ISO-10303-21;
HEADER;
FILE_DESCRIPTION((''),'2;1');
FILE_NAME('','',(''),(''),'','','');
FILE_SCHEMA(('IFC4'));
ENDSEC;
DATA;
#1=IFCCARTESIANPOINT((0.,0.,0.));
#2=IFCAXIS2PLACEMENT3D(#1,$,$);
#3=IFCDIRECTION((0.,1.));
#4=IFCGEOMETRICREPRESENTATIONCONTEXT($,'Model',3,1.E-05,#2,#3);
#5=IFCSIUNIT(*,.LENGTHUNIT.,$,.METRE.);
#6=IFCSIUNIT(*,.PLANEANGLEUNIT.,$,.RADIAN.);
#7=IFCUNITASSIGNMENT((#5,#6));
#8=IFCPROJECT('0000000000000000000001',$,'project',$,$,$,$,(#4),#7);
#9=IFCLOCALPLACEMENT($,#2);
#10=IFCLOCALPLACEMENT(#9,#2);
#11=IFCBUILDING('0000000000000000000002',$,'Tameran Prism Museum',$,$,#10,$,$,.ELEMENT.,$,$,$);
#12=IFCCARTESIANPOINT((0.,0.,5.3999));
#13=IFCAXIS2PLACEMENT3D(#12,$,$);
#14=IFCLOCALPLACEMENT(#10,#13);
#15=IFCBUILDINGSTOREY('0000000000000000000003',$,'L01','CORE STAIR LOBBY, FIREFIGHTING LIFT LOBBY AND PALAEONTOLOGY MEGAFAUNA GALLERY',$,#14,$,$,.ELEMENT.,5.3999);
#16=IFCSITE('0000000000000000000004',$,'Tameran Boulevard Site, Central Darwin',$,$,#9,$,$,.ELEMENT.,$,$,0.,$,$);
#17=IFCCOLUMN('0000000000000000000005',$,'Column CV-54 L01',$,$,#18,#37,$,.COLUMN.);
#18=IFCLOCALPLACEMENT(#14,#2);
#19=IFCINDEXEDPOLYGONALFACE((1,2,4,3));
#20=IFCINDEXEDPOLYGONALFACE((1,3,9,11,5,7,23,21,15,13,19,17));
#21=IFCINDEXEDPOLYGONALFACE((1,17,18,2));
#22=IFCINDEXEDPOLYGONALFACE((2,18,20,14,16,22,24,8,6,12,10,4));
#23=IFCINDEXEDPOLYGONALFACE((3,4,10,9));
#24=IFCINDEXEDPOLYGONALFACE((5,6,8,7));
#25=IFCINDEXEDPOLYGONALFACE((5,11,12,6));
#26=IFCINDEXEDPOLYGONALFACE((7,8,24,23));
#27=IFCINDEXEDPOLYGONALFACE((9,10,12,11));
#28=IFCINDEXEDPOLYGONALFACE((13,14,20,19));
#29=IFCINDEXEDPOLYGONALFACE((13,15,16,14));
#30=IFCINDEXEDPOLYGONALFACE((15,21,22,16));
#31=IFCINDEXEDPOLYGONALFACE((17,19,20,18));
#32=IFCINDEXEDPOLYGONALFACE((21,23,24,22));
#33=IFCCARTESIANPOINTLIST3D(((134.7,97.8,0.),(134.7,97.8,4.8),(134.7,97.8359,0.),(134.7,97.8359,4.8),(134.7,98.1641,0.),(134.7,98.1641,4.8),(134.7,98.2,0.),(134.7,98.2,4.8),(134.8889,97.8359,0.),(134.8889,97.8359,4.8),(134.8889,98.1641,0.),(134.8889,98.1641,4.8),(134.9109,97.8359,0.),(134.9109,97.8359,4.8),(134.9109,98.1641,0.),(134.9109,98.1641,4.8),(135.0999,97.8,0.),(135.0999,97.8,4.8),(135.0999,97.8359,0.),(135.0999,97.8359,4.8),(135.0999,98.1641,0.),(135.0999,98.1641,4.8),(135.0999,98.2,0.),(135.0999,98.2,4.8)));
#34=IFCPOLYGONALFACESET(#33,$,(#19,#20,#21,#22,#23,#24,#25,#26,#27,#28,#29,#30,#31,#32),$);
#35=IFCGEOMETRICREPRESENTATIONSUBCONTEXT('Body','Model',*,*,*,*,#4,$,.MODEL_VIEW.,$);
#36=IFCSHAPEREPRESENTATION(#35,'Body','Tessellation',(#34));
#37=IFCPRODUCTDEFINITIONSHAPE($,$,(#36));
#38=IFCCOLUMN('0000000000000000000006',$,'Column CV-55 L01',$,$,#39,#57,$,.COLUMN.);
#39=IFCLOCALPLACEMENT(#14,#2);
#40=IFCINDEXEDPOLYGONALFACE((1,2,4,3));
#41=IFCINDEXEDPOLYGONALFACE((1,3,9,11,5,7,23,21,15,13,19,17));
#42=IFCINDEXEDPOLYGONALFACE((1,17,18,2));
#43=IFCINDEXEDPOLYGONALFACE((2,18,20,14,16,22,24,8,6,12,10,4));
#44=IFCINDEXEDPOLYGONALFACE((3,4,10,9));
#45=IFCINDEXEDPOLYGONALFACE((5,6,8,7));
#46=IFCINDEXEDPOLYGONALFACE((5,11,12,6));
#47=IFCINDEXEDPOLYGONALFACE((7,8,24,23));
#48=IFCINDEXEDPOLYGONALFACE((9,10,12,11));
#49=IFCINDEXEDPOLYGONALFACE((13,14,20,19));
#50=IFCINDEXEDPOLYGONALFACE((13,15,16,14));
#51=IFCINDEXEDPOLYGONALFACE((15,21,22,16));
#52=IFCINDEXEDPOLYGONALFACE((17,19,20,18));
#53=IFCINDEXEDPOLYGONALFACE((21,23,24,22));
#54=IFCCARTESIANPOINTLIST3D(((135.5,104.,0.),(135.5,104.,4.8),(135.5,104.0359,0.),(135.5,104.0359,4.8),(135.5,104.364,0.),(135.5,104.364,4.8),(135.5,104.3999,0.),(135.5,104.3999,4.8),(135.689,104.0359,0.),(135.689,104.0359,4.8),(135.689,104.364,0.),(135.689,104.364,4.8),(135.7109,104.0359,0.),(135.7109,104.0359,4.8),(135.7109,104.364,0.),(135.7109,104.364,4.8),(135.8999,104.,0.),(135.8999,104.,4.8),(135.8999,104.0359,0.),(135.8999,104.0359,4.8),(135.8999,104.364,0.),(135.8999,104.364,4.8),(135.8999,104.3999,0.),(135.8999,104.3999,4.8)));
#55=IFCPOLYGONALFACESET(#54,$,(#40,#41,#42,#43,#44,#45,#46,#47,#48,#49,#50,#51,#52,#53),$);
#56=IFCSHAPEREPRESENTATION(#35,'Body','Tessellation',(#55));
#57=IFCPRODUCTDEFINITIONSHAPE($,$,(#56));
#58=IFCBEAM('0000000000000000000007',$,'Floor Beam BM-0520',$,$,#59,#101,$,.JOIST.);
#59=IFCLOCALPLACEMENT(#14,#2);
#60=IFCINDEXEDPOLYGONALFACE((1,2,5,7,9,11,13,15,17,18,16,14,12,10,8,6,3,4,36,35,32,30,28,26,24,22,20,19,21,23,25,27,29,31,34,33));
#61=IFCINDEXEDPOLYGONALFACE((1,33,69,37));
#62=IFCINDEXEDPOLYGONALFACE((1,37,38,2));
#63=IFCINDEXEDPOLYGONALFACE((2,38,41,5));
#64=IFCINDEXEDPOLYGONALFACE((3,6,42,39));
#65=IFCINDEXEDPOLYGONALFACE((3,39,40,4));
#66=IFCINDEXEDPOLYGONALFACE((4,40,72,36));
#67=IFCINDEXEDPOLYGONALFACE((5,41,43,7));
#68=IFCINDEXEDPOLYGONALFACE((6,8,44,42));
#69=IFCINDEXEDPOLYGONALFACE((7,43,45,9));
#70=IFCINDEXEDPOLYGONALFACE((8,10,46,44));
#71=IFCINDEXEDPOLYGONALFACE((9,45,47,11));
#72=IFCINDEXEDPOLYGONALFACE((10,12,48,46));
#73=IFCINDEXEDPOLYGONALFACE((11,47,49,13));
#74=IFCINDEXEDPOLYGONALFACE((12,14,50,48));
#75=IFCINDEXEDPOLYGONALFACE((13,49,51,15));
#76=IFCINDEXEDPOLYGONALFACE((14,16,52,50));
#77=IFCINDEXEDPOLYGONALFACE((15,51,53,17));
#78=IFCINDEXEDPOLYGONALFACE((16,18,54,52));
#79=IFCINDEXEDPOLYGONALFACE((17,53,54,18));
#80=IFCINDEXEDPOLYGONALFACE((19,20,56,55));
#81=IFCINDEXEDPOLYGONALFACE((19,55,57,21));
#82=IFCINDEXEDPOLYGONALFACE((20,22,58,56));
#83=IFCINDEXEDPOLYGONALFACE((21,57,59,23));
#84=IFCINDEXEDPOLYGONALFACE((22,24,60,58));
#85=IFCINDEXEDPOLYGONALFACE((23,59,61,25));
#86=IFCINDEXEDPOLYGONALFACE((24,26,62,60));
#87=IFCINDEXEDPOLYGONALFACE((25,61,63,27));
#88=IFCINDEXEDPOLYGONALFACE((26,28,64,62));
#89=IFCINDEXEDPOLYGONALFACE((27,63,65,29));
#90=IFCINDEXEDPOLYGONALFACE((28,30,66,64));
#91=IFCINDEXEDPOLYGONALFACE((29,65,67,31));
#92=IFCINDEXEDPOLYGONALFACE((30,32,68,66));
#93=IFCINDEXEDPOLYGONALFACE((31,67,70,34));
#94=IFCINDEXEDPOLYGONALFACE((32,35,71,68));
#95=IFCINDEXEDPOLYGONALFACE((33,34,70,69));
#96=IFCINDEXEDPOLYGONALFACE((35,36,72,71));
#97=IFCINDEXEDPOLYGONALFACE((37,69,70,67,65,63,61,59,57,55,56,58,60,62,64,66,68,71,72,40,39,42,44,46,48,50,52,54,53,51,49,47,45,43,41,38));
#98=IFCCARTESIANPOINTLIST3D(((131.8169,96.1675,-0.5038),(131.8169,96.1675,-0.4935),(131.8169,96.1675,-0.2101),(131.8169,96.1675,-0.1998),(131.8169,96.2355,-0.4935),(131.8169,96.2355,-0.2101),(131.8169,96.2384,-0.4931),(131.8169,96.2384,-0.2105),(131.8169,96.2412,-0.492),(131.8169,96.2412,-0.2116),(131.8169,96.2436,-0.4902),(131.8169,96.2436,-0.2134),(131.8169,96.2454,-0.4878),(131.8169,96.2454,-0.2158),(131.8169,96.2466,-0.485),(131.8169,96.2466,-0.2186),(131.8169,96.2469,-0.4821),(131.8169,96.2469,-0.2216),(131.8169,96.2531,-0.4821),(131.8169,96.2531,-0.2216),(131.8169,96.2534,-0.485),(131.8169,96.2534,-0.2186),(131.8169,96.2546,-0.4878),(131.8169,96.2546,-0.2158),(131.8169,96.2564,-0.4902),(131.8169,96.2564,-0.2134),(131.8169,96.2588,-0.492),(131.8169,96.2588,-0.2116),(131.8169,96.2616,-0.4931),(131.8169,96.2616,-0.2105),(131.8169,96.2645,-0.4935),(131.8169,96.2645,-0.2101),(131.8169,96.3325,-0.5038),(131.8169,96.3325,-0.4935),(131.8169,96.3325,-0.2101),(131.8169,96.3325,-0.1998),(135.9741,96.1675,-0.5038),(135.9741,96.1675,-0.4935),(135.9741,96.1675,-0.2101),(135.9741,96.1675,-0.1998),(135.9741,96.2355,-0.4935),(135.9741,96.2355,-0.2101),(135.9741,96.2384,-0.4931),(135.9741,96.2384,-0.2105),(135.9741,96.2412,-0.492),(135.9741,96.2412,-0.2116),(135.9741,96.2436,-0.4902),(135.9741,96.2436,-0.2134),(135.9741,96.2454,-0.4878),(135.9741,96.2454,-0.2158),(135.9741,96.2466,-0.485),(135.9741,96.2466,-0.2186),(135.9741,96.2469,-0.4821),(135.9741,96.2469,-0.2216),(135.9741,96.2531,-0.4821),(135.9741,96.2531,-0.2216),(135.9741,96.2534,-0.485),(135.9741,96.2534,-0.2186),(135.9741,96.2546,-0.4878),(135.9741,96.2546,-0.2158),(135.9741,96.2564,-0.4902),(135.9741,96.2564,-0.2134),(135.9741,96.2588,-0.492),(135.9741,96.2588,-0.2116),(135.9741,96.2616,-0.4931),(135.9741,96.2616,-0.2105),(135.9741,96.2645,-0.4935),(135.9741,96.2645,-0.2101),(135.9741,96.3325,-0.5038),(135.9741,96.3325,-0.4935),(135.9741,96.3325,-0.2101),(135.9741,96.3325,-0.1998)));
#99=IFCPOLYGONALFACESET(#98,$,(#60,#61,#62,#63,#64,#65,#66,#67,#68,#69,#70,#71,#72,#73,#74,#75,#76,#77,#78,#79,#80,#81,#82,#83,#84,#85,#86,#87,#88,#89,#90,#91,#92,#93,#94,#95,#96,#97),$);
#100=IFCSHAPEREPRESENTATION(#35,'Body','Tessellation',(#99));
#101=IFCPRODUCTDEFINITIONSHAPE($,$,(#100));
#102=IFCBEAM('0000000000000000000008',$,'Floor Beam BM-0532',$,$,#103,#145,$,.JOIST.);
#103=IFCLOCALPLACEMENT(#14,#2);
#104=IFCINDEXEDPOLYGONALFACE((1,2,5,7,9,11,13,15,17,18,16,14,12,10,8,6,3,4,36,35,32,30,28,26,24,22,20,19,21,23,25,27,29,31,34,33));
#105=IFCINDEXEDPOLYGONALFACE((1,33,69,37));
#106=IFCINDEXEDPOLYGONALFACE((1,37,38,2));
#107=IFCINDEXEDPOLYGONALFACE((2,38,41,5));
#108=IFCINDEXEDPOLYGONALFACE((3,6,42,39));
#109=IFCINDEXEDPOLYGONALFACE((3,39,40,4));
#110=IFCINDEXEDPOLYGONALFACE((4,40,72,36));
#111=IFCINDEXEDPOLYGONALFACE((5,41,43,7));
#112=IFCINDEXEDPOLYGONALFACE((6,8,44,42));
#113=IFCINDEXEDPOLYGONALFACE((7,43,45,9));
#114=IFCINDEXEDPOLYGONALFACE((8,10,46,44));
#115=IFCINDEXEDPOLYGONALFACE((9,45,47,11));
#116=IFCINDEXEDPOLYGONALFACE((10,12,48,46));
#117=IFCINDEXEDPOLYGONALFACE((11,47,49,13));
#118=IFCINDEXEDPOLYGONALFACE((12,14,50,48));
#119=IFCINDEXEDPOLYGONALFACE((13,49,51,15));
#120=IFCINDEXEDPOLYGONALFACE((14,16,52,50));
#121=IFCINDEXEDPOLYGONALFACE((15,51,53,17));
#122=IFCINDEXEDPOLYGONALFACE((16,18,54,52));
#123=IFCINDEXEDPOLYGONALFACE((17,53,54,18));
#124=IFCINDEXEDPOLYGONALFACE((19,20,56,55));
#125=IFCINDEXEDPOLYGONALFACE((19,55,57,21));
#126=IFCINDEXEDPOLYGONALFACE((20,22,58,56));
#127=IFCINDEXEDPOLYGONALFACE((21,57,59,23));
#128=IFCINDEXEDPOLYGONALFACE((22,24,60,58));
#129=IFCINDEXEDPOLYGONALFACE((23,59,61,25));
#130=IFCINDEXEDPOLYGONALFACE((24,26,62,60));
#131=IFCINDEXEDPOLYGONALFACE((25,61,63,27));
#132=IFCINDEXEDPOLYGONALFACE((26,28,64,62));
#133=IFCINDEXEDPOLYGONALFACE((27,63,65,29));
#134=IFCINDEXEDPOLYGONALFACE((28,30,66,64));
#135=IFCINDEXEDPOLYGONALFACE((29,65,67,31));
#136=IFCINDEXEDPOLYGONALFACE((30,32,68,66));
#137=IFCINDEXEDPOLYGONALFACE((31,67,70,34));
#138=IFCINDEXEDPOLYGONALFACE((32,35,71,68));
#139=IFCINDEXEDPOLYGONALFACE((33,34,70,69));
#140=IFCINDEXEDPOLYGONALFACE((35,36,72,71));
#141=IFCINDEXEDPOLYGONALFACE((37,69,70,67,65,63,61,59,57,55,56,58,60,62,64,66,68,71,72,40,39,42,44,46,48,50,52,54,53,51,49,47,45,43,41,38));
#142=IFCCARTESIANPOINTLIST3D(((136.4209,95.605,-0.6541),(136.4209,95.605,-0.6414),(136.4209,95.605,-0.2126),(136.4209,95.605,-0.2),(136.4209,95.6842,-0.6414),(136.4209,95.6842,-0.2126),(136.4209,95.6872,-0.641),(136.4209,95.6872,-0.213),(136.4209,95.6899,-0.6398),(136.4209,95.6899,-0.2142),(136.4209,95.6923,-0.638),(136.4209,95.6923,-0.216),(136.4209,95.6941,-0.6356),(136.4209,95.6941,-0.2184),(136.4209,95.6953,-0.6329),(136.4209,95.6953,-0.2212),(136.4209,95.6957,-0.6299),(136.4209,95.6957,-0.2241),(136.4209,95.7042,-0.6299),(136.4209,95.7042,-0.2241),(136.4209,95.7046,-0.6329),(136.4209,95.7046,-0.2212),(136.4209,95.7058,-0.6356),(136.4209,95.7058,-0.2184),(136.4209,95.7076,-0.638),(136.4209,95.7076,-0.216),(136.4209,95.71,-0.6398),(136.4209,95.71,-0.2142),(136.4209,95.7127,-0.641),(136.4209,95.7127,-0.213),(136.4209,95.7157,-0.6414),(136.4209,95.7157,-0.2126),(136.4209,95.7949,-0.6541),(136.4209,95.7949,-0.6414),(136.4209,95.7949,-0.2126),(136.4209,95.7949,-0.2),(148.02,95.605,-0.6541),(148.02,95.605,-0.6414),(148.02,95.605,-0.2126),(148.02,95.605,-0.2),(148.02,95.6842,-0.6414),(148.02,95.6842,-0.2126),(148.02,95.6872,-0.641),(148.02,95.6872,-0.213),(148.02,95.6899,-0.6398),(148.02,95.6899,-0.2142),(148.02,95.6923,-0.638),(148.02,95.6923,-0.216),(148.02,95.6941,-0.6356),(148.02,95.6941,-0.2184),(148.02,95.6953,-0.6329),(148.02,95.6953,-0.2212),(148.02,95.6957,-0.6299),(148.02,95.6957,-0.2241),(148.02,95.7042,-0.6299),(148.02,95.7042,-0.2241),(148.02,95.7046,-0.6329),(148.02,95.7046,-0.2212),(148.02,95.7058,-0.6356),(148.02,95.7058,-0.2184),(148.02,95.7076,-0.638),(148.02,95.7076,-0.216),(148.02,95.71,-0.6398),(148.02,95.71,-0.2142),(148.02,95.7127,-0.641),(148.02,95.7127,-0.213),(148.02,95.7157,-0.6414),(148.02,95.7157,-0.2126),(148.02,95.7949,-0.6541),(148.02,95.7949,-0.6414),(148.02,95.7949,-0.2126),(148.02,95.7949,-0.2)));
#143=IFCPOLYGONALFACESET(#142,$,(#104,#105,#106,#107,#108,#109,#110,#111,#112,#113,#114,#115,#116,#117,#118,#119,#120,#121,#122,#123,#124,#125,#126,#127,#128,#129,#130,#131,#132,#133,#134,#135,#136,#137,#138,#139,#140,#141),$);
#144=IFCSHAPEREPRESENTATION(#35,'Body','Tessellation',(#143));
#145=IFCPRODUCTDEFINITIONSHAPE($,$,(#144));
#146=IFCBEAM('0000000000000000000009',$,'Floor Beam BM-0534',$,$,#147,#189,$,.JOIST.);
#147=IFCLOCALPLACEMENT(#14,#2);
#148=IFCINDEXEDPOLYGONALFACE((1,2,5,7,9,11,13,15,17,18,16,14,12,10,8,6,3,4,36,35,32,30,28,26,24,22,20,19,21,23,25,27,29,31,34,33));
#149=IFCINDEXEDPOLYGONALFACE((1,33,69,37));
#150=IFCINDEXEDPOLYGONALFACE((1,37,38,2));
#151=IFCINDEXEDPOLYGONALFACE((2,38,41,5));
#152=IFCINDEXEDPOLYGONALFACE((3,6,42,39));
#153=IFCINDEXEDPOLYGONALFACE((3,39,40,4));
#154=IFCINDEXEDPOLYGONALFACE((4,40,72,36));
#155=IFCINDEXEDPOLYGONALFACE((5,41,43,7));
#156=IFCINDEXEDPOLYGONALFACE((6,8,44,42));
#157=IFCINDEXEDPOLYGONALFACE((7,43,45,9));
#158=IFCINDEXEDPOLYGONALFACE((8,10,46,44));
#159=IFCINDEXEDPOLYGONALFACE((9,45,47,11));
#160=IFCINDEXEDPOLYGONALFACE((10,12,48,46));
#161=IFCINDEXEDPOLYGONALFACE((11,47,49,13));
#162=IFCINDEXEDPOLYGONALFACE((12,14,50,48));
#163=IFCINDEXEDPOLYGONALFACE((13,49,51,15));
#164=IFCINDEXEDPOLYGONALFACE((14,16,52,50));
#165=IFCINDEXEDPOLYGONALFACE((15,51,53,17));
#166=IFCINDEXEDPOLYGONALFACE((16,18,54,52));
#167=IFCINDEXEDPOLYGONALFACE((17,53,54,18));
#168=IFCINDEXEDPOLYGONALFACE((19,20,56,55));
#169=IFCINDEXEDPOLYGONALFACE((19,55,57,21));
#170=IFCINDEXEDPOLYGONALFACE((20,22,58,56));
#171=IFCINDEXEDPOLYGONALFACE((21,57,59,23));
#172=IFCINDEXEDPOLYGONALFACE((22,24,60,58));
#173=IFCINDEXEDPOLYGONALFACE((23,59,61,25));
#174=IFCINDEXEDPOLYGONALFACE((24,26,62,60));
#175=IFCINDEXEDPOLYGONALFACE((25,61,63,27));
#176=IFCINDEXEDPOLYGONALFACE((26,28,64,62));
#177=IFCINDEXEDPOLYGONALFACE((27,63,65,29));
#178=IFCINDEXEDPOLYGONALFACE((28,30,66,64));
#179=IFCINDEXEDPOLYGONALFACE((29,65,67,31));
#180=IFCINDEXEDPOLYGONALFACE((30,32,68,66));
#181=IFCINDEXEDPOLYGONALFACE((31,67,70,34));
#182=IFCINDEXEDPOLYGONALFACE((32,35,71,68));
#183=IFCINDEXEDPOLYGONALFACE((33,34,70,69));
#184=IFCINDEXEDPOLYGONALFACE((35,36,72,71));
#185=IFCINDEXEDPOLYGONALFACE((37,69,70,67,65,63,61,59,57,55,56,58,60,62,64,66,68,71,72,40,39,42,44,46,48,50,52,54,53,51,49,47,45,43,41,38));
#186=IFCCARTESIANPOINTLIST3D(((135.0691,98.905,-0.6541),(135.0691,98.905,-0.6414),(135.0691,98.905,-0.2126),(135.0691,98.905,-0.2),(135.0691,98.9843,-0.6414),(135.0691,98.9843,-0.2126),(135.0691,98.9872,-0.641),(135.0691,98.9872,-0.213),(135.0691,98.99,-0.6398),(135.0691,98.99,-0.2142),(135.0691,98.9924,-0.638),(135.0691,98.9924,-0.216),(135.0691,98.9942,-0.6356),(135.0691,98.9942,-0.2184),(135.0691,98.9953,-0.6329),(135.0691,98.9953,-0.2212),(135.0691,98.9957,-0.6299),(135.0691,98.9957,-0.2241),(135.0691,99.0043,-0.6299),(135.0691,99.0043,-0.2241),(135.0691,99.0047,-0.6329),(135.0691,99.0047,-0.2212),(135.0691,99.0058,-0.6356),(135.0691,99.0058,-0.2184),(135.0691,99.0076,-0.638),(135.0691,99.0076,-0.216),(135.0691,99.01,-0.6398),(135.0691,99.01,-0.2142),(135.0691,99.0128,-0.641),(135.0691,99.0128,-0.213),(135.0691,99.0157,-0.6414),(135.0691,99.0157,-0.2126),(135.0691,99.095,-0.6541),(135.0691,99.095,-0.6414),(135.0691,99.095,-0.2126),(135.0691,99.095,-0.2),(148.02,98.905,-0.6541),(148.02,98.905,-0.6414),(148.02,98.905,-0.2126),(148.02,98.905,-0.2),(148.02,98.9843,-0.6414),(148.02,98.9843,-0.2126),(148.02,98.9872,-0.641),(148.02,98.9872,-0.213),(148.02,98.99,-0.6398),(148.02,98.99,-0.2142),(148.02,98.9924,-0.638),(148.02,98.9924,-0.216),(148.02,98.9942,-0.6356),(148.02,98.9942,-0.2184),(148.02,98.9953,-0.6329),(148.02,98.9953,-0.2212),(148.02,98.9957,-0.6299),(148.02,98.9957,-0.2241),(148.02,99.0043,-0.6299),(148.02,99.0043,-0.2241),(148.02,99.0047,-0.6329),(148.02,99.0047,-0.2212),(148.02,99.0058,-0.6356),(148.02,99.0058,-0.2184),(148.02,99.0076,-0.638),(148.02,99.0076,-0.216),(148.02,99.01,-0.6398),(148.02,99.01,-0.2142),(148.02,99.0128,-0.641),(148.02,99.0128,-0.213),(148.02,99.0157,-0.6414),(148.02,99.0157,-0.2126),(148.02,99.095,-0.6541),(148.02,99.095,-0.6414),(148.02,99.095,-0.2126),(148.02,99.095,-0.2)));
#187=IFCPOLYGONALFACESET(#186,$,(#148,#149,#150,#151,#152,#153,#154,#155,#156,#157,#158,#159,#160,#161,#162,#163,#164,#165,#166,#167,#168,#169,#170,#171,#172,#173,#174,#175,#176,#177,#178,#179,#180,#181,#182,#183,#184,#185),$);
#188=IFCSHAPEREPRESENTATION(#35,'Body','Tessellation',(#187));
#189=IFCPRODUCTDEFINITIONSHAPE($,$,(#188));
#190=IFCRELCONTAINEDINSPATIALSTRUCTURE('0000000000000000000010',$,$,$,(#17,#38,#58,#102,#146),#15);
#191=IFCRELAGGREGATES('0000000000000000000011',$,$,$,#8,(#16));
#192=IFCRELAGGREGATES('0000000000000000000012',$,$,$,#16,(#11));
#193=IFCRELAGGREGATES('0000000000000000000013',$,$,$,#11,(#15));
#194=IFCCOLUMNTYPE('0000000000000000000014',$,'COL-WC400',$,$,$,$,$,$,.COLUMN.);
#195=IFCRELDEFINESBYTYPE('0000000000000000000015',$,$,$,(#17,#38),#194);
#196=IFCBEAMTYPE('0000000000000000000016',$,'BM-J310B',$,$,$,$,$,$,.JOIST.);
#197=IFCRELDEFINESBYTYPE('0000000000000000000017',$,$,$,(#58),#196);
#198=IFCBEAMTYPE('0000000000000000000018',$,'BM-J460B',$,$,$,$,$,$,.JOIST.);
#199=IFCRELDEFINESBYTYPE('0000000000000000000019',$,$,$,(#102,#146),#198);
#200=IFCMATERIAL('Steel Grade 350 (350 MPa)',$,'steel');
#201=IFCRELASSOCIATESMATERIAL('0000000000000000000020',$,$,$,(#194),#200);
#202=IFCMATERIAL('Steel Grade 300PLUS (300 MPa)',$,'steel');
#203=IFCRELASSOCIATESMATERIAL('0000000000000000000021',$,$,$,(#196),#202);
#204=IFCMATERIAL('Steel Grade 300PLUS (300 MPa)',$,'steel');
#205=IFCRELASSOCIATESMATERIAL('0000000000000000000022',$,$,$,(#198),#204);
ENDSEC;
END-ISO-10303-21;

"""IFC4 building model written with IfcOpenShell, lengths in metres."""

from ifc_helpers import new_model, si_unit, direction, frame, origin, origin_2d, place, context, subcontext, project, spatial, i_section, extrude, material, material_profile, profile_set, type_object, element, save


model = new_model("IFC4")

# Units and contexts
model_context = context("Model", 3, precision=1e-05, world=origin(), true_north=direction((0.0, 1.0)))
body_context = subcontext(model_context, "Body", "Model", "MODEL_VIEW")
ifc_project = project(units=[si_unit("LENGTHUNIT", "METRE"), si_unit("PLANEANGLEUNIT", "RADIAN")], contexts=[model_context])

# Site, building, storey
site_placement = place(None, origin())
site = spatial("IfcSite", under=ifc_project, at=site_placement, Name="Tameran Boulevard Site, Central Darwin", CompositionType="ELEMENT", RefElevation=0.0)
building_placement = place(site_placement, origin())
building = spatial("IfcBuilding", under=site, at=building_placement, Name="Tameran Prism Museum", CompositionType="ELEMENT")
storey_placement = place(building_placement, frame((0.0, 0.0, 5.3999)))
storey = spatial("IfcBuildingStorey", under=building, at=storey_placement, Name="L01", Description="CORE STAIR LOBBY, FIREFIGHTING LIFT LOBBY AND PALAEONTOLOGY MEGAFAUNA GALLERY", CompositionType="ELEMENT", Elevation=5.3999)

# Columns
ifc_material_1 = material(Name="Steel Grade 350 (350 MPa)", Category="steel")
ifc_material_profile_1 = material_profile(ifc_material_1, i_section(OverallWidth=0.3999, OverallDepth=0.3999, WebThickness=0.022, FlangeThickness=0.0359, at=origin_2d()))
ifc_profile_set_1 = profile_set([ifc_material_profile_1])
column_type = type_object("IfcColumnType", Name="COL-WC400", PredefinedType="COLUMN", material=ifc_profile_set_1)
for number, where, z_axis, x_axis, name in (
    (1, (134.8999, 98.0, 0.0), (0.0, 0.0, 1.0), (1.0, 0.0, 0.0), "Column CV-54 L01"),
    (2, (135.7, 104.2, 0.0), (0.0, 0.0, 1.0), (1.0, 0.0, 0.0), "Column CV-55 L01"),
):
    element("IfcColumn", number, at=place(storey_placement, frame(where, z_axis=z_axis, x_axis=x_axis)), inside=storey, type_object=column_type, Name=name, PredefinedType="COLUMN", context=body_context, shape_type="SweptSolid", body=[
        extrude(i_section(OverallWidth=0.3999, OverallDepth=0.3999, WebThickness=0.022, FlangeThickness=0.0359, at=origin_2d()), origin(), (0.0, 0.0, 1.0), 4.8),
    ])

# Beams
ifc_material_2 = material(Name="Steel Grade 300PLUS (300 MPa)", Category="steel")
ifc_material_profile_2 = material_profile(ifc_material_2, i_section(OverallWidth=0.165, OverallDepth=0.304, WebThickness=0.0061, FlangeThickness=0.0103, FilletRadius=0.0115, at=origin_2d()))
ifc_profile_set_2 = profile_set([ifc_material_profile_2])
beam_type_1 = type_object("IfcBeamType", Name="BM-J310B", PredefinedType="JOIST", material=ifc_profile_set_2)
beam_1_placement = place(storey_placement, frame((131.8169, 96.25, -0.3518), z_axis=(1.0, 0.0, 0.0), x_axis=(0.0, 1.0, 0.0)))
element("IfcBeam", 3, at=beam_1_placement, inside=storey, type_object=beam_type_1, Name="Floor Beam BM-0520", PredefinedType="JOIST", context=body_context, shape_type="SweptSolid", body=[
    extrude(i_section(OverallWidth=0.165, OverallDepth=0.304, WebThickness=0.0061, FlangeThickness=0.0103, FilletRadius=0.0115, at=origin_2d()), origin(), (0.0, 0.0, 1.0), 4.1572),
])
ifc_material_3 = material(Name="Steel Grade 300PLUS (300 MPa)", Category="steel")
ifc_material_profile_3 = material_profile(ifc_material_3, i_section(OverallWidth=0.1899, OverallDepth=0.4541, WebThickness=0.0085, FlangeThickness=0.0127, FilletRadius=0.0115, at=origin_2d()))
ifc_profile_set_3 = profile_set([ifc_material_profile_3])
beam_type_2 = type_object("IfcBeamType", Name="BM-J460B", PredefinedType="JOIST", material=ifc_profile_set_3)
beam_2_placement = place(storey_placement, frame((136.4209, 95.7, -0.427), z_axis=(1.0, 0.0, 0.0), x_axis=(0.0, 1.0, 0.0)))
element("IfcBeam", 4, at=beam_2_placement, inside=storey, type_object=beam_type_2, Name="Floor Beam BM-0532", PredefinedType="JOIST", context=body_context, shape_type="SweptSolid", body=[
    extrude(i_section(OverallWidth=0.1899, OverallDepth=0.4541, WebThickness=0.0085, FlangeThickness=0.0127, FilletRadius=0.0115, at=origin_2d()), origin(), (0.0, 0.0, 1.0), 11.5991),
])
beam_3_placement = place(storey_placement, frame((135.0691, 99.0, -0.427), z_axis=(1.0, 0.0, 0.0), x_axis=(0.0, 1.0, 0.0)))
element("IfcBeam", 5, at=beam_3_placement, inside=storey, type_object=beam_type_2, Name="Floor Beam BM-0534", PredefinedType="JOIST", context=body_context, shape_type="SweptSolid", body=[
    extrude(i_section(OverallWidth=0.1899, OverallDepth=0.4541, WebThickness=0.0085, FlangeThickness=0.0127, FilletRadius=0.0115, at=origin_2d()), origin(), (0.0, 0.0, 1.0), 12.9509),
])

save(model, "model.ifc")
